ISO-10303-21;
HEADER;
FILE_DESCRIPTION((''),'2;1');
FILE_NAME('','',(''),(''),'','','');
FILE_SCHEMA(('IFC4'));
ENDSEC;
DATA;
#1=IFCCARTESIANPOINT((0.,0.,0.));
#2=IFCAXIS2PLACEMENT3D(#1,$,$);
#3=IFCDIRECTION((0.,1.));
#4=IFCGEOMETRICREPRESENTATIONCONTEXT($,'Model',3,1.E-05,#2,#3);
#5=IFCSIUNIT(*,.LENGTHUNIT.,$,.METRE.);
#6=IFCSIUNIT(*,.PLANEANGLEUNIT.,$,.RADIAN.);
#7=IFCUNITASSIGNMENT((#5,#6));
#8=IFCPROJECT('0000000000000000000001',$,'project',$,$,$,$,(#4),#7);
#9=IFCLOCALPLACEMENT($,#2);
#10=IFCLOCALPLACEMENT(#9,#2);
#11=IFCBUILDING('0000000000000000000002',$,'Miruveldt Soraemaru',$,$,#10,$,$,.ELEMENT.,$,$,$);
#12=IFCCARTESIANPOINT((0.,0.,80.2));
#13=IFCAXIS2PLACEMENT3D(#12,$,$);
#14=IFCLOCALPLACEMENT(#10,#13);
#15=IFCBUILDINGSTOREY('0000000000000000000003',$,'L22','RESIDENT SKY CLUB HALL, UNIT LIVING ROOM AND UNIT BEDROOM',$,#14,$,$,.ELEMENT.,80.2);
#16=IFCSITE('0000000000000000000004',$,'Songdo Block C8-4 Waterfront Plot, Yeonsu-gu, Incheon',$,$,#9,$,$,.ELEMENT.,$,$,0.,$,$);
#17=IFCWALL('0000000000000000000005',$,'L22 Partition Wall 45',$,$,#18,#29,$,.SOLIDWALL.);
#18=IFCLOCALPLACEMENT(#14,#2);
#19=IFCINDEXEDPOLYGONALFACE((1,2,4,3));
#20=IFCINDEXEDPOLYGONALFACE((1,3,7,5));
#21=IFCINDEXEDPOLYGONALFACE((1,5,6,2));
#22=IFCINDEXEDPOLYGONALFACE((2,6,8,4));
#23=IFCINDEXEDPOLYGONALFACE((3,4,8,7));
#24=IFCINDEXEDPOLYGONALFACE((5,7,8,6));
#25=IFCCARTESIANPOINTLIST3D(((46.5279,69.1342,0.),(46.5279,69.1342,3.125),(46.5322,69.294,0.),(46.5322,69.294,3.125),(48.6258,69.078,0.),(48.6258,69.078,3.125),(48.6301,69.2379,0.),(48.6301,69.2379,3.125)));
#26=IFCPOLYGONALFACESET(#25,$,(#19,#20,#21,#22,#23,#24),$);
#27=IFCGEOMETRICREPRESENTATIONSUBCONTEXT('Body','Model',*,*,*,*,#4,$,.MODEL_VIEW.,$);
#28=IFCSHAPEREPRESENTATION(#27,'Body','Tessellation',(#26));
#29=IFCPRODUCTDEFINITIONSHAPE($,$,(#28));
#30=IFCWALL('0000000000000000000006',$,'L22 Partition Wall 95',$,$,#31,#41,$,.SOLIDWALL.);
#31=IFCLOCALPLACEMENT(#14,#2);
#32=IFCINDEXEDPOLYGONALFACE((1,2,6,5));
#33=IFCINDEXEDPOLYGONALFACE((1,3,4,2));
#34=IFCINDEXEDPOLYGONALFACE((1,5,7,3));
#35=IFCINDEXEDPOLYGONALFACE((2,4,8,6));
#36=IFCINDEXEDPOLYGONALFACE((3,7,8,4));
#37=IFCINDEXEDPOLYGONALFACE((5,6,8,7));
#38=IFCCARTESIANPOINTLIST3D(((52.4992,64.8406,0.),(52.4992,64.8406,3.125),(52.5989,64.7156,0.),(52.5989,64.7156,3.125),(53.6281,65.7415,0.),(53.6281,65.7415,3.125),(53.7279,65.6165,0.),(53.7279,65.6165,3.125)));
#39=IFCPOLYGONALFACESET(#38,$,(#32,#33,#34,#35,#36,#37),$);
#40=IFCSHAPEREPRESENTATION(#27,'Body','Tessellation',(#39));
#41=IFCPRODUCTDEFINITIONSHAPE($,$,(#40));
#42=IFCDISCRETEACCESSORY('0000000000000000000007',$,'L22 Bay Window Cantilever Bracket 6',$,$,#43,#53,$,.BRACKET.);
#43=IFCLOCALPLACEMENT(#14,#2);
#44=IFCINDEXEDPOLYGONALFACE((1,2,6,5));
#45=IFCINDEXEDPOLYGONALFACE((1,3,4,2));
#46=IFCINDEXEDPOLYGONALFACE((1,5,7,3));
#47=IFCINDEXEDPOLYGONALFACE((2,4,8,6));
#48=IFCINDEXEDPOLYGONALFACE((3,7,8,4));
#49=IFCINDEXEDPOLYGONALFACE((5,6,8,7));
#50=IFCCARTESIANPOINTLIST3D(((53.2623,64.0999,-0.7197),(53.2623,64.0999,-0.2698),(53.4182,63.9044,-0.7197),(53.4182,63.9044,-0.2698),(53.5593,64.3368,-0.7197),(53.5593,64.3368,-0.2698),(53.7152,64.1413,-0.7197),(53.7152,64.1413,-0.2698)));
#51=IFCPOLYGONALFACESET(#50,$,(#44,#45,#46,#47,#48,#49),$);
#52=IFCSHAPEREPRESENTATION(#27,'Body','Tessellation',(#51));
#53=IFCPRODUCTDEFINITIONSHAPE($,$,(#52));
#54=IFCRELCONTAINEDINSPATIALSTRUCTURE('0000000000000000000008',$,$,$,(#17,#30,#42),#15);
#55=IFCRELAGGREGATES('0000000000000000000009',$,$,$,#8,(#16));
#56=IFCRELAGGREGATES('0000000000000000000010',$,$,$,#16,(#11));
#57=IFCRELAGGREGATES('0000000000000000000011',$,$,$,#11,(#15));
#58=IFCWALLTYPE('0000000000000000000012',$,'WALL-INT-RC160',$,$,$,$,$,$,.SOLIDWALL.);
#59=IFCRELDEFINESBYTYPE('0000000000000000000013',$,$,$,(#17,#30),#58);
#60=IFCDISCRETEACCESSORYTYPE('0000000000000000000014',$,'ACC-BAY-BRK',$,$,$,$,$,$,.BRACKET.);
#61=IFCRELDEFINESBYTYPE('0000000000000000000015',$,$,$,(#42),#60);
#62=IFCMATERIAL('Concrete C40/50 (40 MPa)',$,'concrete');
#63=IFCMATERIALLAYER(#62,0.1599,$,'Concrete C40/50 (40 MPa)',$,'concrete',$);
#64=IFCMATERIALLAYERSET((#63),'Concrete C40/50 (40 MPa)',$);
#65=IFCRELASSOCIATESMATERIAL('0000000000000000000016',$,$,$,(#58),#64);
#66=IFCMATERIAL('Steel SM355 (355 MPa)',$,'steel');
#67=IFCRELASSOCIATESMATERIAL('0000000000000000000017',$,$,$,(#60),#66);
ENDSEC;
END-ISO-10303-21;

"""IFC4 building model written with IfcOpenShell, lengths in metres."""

from ifc_helpers import new_model, si_unit, direction, frame, frame_2d, origin, origin_2d, place, context, subcontext, project, spatial, rectangle, extrude, material, layer, layer_set, type_object, element, save


model = new_model("IFC4")

# Units and contexts
model_context = context("Model", 3, precision=1e-05, world=origin(), true_north=direction((0.0, 1.0)))
body_context = subcontext(model_context, "Body", "Model", "MODEL_VIEW")
ifc_project = project(units=[si_unit("LENGTHUNIT", "METRE"), si_unit("PLANEANGLEUNIT", "RADIAN")], contexts=[model_context])

# Site, building, storey
site_placement = place(None, origin())
site = spatial("IfcSite", under=ifc_project, at=site_placement, Name="Songdo Block C8-4 Waterfront Plot, Yeonsu-gu, Incheon", CompositionType="ELEMENT", RefElevation=0.0)
building_placement = place(site_placement, origin())
building = spatial("IfcBuilding", under=site, at=building_placement, Name="Miruveldt Soraemaru", CompositionType="ELEMENT")
storey_placement = place(building_placement, frame((0.0, 0.0, 80.2)))
storey = spatial("IfcBuildingStorey", under=building, at=storey_placement, Name="L22", Description="RESIDENT SKY CLUB HALL, UNIT LIVING ROOM AND UNIT BEDROOM", CompositionType="ELEMENT", Elevation=80.2)

# Shared definitions
ifc_material_1 = material(Name="Steel SM355 (355 MPa)", Category="steel")

# Shared definitions
ifc_material_2 = material(Name="Concrete C40/50 (40 MPa)", Category="concrete")
ifc_layer_1 = layer(ifc_material_2, 0.1599, Name="Concrete C40/50 (40 MPa)", Category="concrete")
ifc_layer_set_1 = layer_set([ifc_layer_1], Name="Concrete C40/50 (40 MPa)")
wall_type_1 = type_object("IfcWallType", Name="WALL-INT-RC160", PredefinedType="SOLIDWALL", material=ifc_layer_set_1)

# Walls
wall_1_placement = place(storey_placement, frame((46.53, 69.2141, 0.0), z_axis=(0.0, 0.0, 1.0), x_axis=(0.999642, -0.026756, 0.0)))
element("IfcWall", 1, at=wall_1_placement, inside=storey, type_object=wall_type_1, Name="L22 Partition Wall 45", PredefinedType="SOLIDWALL", context=body_context, shape_type="SweptSolid", body=[
    extrude(rectangle(XDim=2.0986, YDim=0.1599, at=frame_2d((1.0493, 0.0))), origin(), (0.0, 0.0, 1.0), 3.125),
])
wall_2_placement = place(storey_placement, frame((52.5491, 64.7781, 0.0), z_axis=(0.0, 0.0, 1.0), x_axis=(0.781627, 0.623746, 0.0)))
element("IfcWall", 2, at=wall_2_placement, inside=storey, type_object=wall_type_1, Name="L22 Partition Wall 95", PredefinedType="SOLIDWALL", context=body_context, shape_type="SweptSolid", body=[
    extrude(rectangle(XDim=1.4443, YDim=0.1599, at=frame_2d((0.7222, 0.0))), origin(), (0.0, 0.0, 1.0), 3.125),
])

# Discrete accessory
discrete_accessory_type = type_object("IfcDiscreteAccessoryType", Name="ACC-BAY-BRK", PredefinedType="BRACKET", material=ifc_material_1)
discrete_accessory_placement = place(storey_placement, frame((53.4888, 64.1206, -0.7197), z_axis=(0.0, 0.0, 1.0), x_axis=(0.781727, 0.62362, 0.0)))
element("IfcDiscreteAccessory", 3, at=discrete_accessory_placement, inside=storey, type_object=discrete_accessory_type, Name="L22 Bay Window Cantilever Bracket 6", PredefinedType="BRACKET", context=body_context, shape_type="SweptSolid", body=[
    extrude(rectangle(XDim=0.3799, YDim=0.25, at=origin_2d()), origin(), (0.0, 0.0, 1.0), 0.45),
])

save(model, "model.ifc")
